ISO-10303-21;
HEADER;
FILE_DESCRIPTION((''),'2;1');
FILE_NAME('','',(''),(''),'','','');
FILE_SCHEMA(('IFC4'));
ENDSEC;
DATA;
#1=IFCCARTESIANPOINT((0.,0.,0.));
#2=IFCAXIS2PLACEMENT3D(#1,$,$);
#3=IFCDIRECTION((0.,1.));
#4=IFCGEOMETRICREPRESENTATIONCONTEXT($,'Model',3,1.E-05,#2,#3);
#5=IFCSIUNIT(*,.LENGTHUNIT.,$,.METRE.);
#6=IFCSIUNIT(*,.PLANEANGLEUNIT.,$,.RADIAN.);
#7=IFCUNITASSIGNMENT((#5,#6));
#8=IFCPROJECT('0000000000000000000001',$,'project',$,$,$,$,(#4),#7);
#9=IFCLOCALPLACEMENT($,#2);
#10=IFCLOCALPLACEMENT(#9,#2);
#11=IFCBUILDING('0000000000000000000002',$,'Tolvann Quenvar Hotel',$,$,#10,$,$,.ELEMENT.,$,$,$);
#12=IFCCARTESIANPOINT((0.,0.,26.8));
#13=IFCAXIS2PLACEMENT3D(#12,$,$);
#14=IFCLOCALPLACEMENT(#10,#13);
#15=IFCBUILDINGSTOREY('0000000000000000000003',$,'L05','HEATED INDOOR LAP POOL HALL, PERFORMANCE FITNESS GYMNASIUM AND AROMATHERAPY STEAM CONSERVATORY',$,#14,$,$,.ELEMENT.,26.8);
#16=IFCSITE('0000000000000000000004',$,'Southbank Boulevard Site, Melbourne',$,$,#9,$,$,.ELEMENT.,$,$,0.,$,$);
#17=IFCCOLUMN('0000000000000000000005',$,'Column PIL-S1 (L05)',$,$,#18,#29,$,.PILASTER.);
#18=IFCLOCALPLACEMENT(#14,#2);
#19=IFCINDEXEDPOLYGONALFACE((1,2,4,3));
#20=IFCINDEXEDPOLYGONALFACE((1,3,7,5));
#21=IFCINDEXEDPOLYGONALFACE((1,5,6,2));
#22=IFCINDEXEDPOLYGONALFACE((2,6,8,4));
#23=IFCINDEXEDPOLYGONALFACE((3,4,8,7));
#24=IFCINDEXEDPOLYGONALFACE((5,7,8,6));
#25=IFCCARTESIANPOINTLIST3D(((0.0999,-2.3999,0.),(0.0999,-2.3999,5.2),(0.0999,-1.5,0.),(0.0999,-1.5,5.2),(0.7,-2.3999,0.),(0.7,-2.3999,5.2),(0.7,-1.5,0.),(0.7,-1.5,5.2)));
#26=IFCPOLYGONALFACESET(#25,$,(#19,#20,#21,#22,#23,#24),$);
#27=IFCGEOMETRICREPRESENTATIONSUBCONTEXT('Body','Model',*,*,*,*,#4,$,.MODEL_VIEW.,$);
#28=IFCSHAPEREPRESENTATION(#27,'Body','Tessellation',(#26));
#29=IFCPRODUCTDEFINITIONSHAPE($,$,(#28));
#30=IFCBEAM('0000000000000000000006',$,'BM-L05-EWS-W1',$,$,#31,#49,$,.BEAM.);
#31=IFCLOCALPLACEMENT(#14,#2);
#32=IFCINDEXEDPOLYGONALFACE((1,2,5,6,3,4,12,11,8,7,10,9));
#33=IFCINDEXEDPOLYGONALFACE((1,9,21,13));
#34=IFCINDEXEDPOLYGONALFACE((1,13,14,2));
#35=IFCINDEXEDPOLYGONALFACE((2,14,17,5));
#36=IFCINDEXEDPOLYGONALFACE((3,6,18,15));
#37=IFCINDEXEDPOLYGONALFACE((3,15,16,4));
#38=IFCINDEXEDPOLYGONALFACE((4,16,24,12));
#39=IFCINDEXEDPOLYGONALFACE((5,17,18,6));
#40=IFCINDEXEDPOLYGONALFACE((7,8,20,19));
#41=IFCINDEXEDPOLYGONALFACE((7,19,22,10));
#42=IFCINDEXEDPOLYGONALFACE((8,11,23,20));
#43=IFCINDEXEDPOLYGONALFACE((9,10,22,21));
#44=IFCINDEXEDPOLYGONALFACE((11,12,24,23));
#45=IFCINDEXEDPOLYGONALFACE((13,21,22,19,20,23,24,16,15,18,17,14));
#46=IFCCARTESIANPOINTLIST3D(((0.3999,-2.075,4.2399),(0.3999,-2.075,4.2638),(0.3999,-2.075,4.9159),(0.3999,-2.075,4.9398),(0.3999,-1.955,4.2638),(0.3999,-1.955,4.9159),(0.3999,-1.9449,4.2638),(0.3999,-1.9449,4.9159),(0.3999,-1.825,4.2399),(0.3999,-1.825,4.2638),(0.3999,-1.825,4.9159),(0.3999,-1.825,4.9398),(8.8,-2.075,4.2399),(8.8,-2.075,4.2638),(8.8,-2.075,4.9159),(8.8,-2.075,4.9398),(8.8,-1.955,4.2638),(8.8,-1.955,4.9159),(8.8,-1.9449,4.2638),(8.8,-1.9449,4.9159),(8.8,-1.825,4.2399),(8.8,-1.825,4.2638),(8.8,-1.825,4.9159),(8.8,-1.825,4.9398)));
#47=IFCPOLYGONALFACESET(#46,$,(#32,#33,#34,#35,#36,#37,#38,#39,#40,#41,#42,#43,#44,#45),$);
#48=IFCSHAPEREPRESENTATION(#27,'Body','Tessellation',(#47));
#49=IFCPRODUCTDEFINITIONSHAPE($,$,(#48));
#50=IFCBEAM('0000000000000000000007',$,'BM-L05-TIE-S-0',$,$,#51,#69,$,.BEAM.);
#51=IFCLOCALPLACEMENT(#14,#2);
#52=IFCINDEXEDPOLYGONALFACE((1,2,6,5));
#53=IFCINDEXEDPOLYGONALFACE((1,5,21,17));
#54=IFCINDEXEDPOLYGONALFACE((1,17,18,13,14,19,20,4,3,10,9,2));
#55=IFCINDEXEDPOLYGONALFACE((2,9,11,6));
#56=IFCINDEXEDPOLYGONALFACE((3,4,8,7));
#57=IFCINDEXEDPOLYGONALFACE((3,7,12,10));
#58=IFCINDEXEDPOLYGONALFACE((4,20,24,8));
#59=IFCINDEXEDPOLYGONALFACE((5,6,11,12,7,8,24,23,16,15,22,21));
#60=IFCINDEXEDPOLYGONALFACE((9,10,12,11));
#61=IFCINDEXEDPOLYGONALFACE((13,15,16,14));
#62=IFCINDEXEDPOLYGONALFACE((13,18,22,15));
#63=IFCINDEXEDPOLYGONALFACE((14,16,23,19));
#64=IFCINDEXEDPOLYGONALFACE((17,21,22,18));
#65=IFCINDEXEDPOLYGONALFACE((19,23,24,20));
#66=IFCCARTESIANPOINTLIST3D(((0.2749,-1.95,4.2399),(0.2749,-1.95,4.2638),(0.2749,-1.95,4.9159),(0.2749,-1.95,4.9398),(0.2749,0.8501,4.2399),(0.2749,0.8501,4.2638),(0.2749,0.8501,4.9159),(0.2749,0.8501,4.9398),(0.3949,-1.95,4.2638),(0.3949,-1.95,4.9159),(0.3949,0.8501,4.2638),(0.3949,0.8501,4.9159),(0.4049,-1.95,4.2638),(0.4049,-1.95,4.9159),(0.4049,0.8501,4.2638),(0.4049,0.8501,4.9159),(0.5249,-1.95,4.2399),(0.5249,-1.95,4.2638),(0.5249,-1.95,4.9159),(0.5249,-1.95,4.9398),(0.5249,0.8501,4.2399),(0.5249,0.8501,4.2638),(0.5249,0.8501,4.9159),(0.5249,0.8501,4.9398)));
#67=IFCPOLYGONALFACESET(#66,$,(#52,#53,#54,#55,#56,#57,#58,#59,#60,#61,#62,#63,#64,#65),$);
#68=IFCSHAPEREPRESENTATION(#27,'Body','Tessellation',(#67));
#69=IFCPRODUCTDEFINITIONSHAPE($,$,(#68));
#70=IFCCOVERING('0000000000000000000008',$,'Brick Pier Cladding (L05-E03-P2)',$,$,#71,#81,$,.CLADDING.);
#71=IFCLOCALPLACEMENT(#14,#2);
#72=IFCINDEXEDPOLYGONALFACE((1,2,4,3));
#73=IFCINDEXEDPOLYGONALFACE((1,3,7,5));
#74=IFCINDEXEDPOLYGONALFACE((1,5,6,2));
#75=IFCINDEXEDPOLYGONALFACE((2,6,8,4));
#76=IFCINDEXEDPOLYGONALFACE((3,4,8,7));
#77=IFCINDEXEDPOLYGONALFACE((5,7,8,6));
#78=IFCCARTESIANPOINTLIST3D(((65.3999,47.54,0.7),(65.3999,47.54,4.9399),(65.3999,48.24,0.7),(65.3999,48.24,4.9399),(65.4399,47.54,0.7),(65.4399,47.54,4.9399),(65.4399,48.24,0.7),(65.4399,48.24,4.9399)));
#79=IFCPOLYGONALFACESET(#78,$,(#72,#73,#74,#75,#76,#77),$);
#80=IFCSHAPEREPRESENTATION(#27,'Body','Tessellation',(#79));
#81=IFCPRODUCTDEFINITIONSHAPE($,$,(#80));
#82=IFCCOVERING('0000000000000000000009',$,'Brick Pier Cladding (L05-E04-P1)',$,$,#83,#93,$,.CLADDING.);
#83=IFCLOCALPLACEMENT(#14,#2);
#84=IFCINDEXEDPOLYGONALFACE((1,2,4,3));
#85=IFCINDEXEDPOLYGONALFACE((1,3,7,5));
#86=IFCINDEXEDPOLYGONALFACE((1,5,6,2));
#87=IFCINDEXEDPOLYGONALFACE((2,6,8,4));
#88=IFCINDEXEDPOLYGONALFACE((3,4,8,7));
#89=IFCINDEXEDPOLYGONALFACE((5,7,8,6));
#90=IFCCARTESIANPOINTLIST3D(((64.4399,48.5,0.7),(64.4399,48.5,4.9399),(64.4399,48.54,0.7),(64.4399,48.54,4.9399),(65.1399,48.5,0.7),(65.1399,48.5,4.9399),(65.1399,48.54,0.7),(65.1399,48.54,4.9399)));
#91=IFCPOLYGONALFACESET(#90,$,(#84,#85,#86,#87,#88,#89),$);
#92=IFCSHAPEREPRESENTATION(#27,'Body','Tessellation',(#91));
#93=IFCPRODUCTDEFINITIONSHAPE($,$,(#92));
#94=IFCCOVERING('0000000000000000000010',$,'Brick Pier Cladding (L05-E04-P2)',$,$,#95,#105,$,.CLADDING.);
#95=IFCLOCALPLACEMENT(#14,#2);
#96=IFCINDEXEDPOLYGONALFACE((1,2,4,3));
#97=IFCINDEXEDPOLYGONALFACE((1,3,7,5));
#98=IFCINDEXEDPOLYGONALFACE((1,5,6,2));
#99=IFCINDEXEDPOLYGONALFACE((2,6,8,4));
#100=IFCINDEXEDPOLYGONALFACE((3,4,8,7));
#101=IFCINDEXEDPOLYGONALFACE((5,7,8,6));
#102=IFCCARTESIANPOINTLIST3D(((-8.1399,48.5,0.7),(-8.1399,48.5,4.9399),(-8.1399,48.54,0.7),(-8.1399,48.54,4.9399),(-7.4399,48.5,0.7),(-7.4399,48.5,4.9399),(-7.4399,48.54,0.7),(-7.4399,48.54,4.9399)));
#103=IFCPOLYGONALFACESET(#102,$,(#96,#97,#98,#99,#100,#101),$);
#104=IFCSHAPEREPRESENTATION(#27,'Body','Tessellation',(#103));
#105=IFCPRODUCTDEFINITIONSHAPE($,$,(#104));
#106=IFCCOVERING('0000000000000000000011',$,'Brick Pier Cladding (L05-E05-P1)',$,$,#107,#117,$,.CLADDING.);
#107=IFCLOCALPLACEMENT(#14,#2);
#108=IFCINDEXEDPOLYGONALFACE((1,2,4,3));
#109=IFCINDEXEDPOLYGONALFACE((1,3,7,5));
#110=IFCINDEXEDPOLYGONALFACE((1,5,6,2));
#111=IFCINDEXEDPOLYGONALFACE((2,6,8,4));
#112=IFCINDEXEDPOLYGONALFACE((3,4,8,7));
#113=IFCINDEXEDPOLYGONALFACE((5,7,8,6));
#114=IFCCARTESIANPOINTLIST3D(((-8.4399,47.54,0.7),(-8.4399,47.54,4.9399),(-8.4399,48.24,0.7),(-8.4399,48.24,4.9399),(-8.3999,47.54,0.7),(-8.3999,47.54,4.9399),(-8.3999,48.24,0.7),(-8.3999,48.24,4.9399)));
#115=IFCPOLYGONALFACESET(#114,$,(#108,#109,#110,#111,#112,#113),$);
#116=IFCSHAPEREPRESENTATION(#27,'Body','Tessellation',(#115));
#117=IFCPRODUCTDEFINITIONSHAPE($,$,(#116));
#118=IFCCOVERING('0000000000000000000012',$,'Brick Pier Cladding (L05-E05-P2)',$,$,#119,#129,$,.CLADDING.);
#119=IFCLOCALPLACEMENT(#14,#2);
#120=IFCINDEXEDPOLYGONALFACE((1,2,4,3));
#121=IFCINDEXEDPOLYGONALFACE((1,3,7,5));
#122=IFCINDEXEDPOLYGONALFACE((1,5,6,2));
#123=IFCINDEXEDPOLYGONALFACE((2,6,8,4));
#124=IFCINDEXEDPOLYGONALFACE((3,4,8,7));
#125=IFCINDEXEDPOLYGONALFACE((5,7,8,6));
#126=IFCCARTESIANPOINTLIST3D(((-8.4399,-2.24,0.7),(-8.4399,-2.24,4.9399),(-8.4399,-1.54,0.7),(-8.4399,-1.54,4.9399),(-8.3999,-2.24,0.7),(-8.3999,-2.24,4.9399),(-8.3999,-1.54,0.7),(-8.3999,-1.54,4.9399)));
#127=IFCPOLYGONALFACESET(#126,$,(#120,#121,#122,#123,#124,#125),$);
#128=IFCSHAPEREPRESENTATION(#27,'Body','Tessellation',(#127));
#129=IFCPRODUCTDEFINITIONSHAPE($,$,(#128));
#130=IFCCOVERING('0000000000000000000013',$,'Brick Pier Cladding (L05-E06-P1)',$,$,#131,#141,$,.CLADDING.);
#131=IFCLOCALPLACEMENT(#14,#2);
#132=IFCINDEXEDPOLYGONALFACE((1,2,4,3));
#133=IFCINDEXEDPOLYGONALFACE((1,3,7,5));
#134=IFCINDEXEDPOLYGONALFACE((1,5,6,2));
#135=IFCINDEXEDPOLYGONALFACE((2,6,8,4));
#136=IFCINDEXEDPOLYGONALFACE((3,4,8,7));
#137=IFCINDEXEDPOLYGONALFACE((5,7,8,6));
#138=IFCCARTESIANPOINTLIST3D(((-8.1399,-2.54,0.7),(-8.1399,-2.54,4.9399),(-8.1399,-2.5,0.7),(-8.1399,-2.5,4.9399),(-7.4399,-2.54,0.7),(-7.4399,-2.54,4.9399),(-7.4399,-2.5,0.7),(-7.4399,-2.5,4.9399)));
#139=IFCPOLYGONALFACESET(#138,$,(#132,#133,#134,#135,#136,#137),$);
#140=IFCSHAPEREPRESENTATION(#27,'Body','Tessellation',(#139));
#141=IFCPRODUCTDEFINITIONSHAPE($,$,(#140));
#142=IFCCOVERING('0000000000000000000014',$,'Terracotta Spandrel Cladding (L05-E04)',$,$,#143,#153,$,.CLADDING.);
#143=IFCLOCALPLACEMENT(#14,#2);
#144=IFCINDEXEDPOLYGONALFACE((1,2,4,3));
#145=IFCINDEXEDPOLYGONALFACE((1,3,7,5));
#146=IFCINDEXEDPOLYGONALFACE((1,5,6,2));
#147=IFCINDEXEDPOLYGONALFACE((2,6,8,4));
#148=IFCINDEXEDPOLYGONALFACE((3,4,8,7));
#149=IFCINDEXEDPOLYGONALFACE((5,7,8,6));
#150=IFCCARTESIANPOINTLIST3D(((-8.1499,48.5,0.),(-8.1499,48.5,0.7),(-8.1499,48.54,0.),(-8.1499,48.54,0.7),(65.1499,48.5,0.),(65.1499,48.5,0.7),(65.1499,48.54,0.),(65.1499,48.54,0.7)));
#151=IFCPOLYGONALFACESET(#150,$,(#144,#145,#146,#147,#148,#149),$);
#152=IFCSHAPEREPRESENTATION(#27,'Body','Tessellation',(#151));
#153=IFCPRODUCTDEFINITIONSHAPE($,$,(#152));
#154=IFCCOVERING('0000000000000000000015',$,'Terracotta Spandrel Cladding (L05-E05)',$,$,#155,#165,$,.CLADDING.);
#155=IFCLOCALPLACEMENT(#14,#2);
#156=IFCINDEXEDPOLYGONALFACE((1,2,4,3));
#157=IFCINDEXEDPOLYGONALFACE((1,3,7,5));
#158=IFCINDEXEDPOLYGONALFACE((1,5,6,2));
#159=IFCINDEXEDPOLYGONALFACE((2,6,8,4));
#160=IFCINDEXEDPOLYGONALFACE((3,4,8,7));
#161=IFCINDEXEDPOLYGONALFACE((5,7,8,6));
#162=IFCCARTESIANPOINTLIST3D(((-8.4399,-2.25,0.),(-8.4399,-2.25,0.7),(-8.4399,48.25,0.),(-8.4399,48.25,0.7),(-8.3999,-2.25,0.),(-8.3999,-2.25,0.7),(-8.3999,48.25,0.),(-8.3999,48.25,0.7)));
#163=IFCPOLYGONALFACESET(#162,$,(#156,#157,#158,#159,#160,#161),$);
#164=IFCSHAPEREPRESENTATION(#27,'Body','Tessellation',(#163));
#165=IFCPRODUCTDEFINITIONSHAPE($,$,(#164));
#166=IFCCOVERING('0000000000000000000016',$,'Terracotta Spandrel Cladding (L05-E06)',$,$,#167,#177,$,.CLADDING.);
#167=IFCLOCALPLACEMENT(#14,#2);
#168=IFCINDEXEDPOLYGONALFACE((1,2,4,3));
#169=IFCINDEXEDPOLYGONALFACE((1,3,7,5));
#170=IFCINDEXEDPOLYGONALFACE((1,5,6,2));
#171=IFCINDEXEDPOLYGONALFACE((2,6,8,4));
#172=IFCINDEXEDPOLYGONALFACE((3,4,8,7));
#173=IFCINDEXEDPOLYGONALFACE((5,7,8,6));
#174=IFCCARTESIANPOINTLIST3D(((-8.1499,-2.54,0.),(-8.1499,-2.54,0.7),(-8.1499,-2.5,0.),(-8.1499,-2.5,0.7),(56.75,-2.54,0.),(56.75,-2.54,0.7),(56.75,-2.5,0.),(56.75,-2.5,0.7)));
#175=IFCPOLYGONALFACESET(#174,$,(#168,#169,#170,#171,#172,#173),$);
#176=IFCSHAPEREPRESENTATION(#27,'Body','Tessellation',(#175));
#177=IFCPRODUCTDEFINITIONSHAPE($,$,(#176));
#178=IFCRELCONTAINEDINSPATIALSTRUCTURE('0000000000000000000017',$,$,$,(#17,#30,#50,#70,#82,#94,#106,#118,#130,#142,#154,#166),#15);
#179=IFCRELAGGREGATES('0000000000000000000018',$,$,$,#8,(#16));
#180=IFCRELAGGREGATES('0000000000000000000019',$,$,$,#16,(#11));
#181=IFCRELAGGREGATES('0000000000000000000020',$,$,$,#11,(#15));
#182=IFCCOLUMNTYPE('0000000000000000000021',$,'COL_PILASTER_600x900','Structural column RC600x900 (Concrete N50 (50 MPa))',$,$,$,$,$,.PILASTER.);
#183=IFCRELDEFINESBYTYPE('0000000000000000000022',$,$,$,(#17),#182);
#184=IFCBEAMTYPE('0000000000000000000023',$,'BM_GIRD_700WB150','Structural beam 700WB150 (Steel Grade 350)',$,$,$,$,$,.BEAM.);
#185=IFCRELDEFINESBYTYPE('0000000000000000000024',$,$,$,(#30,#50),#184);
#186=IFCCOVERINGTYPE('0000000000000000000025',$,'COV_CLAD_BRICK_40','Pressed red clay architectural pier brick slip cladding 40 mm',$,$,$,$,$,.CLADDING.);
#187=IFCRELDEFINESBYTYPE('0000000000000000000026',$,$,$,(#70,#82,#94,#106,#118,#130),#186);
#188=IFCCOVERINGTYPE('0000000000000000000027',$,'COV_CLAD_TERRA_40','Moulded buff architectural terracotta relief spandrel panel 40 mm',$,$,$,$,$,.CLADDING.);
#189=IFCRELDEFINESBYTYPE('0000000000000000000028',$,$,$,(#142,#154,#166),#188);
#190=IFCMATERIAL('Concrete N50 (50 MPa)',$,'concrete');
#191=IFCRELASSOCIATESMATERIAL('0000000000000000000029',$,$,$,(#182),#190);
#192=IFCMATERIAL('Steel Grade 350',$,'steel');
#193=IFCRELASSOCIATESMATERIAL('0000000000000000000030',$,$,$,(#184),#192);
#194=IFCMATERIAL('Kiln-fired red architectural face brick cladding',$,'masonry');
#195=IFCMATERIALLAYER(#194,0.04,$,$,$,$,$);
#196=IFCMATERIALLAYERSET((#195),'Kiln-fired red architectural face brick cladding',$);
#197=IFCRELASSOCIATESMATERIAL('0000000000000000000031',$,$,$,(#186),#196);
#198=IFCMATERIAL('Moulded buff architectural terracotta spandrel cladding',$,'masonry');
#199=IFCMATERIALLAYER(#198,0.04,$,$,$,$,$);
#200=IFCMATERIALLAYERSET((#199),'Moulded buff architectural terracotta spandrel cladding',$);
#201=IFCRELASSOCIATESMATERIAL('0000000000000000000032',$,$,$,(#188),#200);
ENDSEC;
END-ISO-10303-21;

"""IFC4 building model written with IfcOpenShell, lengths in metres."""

from ifc_helpers import new_model, si_unit, direction, frame, origin, origin_2d, place, context, subcontext, project, spatial, polyline, rectangle, i_section, outline, extrude, source, transform, mapped, material, layer, layer_set, material_profile, profile_set, type_object, type_shapes, element, save


model = new_model("IFC4")

# Units and contexts
model_context = context("Model", 3, precision=1e-05, world=origin(), true_north=direction((0.0, 1.0)))
body_context = subcontext(model_context, "Body", "Model", "MODEL_VIEW")
ifc_project = project(units=[si_unit("LENGTHUNIT", "METRE"), si_unit("PLANEANGLEUNIT", "RADIAN")], contexts=[model_context])

# Site, building, storey
site_placement = place(None, origin())
site = spatial("IfcSite", under=ifc_project, at=site_placement, Name="Southbank Boulevard Site, Melbourne", CompositionType="ELEMENT", RefElevation=0.0)
building_placement = place(site_placement, origin())
building = spatial("IfcBuilding", under=site, at=building_placement, Name="Tolvann Quenvar Hotel", CompositionType="ELEMENT")
storey_placement = place(building_placement, frame((0.0, 0.0, 26.8)))
storey = spatial("IfcBuildingStorey", under=building, at=storey_placement, Name="L05", Description="HEATED INDOOR LAP POOL HALL, PERFORMANCE FITNESS GYMNASIUM AND AROMATHERAPY STEAM CONSERVATORY", CompositionType="ELEMENT", Elevation=26.8)

# Column
ifc_material_1 = material(Name="Concrete N50 (50 MPa)", Category="concrete")
ifc_material_profile_1 = material_profile(ifc_material_1, rectangle(XDim=0.6001, YDim=0.8999, at=origin_2d()), Name="RC600x900")
ifc_profile_set_1 = profile_set([ifc_material_profile_1], Name="Concrete N50 (50 MPa)")
column_type = type_object("IfcColumnType", Name="COL_PILASTER_600x900", Description="Structural column RC600x900 (Concrete N50 (50 MPa))", PredefinedType="PILASTER", material=ifc_profile_set_1)
shared_shape_1 = source(origin(), body_context, "Body", "SweptSolid", [
    extrude(rectangle(XDim=0.6001, YDim=0.8999, at=origin_2d()), origin(), (0.0, 0.0, 1.0), 5.2),
])
type_shapes(column_type, [shared_shape_1])
column_placement = place(storey_placement, frame((0.3999, -1.95, 0.0), z_axis=(0.0, 0.0, 1.0), x_axis=(1.0, 0.0, 0.0)))
element("IfcColumn", 1, at=column_placement, inside=storey, type_object=column_type, Name="Column PIL-S1 (L05)", PredefinedType="PILASTER", context=body_context, shape_type="MappedRepresentation", body=[
    mapped(shared_shape_1, transform((0.0, 0.0, 0.0), x_axis=(1.0, 0.0, 0.0), y_axis=(0.0, 1.0, 0.0), z_axis=(0.0, 0.0, 1.0), scale=1.0)),
])

# Beams
ifc_material_2 = material(Name="Steel Grade 350", Category="steel")
ifc_material_profile_2 = material_profile(ifc_material_2, i_section(OverallWidth=0.25, OverallDepth=0.7, WebThickness=0.01, FlangeThickness=0.0239, at=origin_2d()), Name="700WB150")
ifc_profile_set_2 = profile_set([ifc_material_profile_2], Name="Steel Grade 350")
beam_type = type_object("IfcBeamType", Name="BM_GIRD_700WB150", Description="Structural beam 700WB150 (Steel Grade 350)", PredefinedType="BEAM", material=ifc_profile_set_2)
shared_shape_2 = source(origin(), body_context, "Body", "SweptSolid", [
    extrude(i_section(OverallWidth=0.25, OverallDepth=0.7, WebThickness=0.01, FlangeThickness=0.0239, at=origin_2d()), origin(), (0.0, 0.0, 1.0), 8.4001),
])
beam_1_placement = place(storey_placement, frame((0.3999, -1.95, 4.5898), z_axis=(1.0, 0.0, 0.0), x_axis=(0.0, 1.0, 0.0)))
element("IfcBeam", 2, at=beam_1_placement, inside=storey, type_object=beam_type, Name="BM-L05-EWS-W1", PredefinedType="BEAM", context=body_context, shape_type="MappedRepresentation", body=[
    mapped(shared_shape_2, transform((0.0, 0.0, 0.0), x_axis=(1.0, 0.0, 0.0), y_axis=(0.0, 1.0, 0.0), z_axis=(0.0, 0.0, 1.0), scale=1.0)),
])
shared_shape_3 = source(origin(), body_context, "Body", "SweptSolid", [
    extrude(i_section(OverallWidth=0.25, OverallDepth=0.7, WebThickness=0.01, FlangeThickness=0.0239, at=origin_2d()), origin(), (0.0, 0.0, 1.0), 2.8),
])
type_shapes(beam_type, [shared_shape_2, shared_shape_3])
beam_2_placement = place(storey_placement, frame((0.3999, -1.95, 4.5898), z_axis=(0.0, 1.0, 0.0), x_axis=(-1.0, 0.0, 0.0)))
element("IfcBeam", 3, at=beam_2_placement, inside=storey, type_object=beam_type, Name="BM-L05-TIE-S-0", PredefinedType="BEAM", context=body_context, shape_type="MappedRepresentation", body=[
    mapped(shared_shape_3, transform((0.0, 0.0, 0.0), x_axis=(1.0, 0.0, 0.0), y_axis=(0.0, 1.0, 0.0), z_axis=(0.0, 0.0, 1.0), scale=1.0)),
])

# Coverings
ifc_material_3 = material(Name="Kiln-fired red architectural face brick cladding", Category="masonry")
ifc_layer_1 = layer(ifc_material_3, 0.04)
ifc_layer_set_1 = layer_set([ifc_layer_1], Name="Kiln-fired red architectural face brick cladding")
covering_type_1 = type_object("IfcCoveringType", Name="COV_CLAD_BRICK_40", Description="Pressed red clay architectural pier brick slip cladding 40 mm", PredefinedType="CLADDING", material=ifc_layer_set_1)
covering_1_placement = place(storey_placement, frame((0.0, 0.0, 0.7)))
element("IfcCovering", 4, at=covering_1_placement, inside=storey, type_object=covering_type_1, Name="Brick Pier Cladding (L05-E03-P2)", PredefinedType="CLADDING", context=body_context, shape_type="SweptSolid", body=[
    extrude(outline(polyline([(65.3999, 47.54), (65.3999, 48.24), (65.4399, 48.24), (65.4399, 47.54), (65.3999, 47.54)])), origin(), (0.0, 0.0, 1.0), 4.24),
])
covering_2_placement = place(storey_placement, frame((0.0, 0.0, 0.7)))
element("IfcCovering", 5, at=covering_2_placement, inside=storey, type_object=covering_type_1, Name="Brick Pier Cladding (L05-E04-P1)", PredefinedType="CLADDING", context=body_context, shape_type="SweptSolid", body=[
    extrude(outline(polyline([(65.1399, 48.5), (64.4399, 48.5), (64.4399, 48.54), (65.1399, 48.54), (65.1399, 48.5)])), origin(), (0.0, 0.0, 1.0), 4.24),
])
covering_3_placement = place(storey_placement, frame((0.0, 0.0, 0.7)))
element("IfcCovering", 6, at=covering_3_placement, inside=storey, type_object=covering_type_1, Name="Brick Pier Cladding (L05-E04-P2)", PredefinedType="CLADDING", context=body_context, shape_type="SweptSolid", body=[
    extrude(outline(polyline([(-7.4399, 48.5), (-8.1399, 48.5), (-8.1399, 48.54), (-7.4399, 48.54), (-7.4399, 48.5)])), origin(), (0.0, 0.0, 1.0), 4.24),
])
covering_4_placement = place(storey_placement, frame((0.0, 0.0, 0.7)))
element("IfcCovering", 7, at=covering_4_placement, inside=storey, type_object=covering_type_1, Name="Brick Pier Cladding (L05-E05-P1)", PredefinedType="CLADDING", context=body_context, shape_type="SweptSolid", body=[
    extrude(outline(polyline([(-8.3999, 48.24), (-8.3999, 47.54), (-8.4399, 47.54), (-8.4399, 48.24), (-8.3999, 48.24)])), origin(), (0.0, 0.0, 1.0), 4.24),
])
covering_5_placement = place(storey_placement, frame((0.0, 0.0, 0.7)))
element("IfcCovering", 8, at=covering_5_placement, inside=storey, type_object=covering_type_1, Name="Brick Pier Cladding (L05-E05-P2)", PredefinedType="CLADDING", context=body_context, shape_type="SweptSolid", body=[
    extrude(outline(polyline([(-8.3999, -1.54), (-8.3999, -2.24), (-8.4399, -2.24), (-8.4399, -1.54), (-8.3999, -1.54)])), origin(), (0.0, 0.0, 1.0), 4.24),
])
covering_6_placement = place(storey_placement, frame((0.0, 0.0, 0.7)))
element("IfcCovering", 9, at=covering_6_placement, inside=storey, type_object=covering_type_1, Name="Brick Pier Cladding (L05-E06-P1)", PredefinedType="CLADDING", context=body_context, shape_type="SweptSolid", body=[
    extrude(outline(polyline([(-8.1399, -2.5), (-7.4399, -2.5), (-7.4399, -2.54), (-8.1399, -2.54), (-8.1399, -2.5)])), origin(), (0.0, 0.0, 1.0), 4.24),
])
ifc_material_4 = material(Name="Moulded buff architectural terracotta spandrel cladding", Category="masonry")
ifc_layer_2 = layer(ifc_material_4, 0.04)
ifc_layer_set_2 = layer_set([ifc_layer_2], Name="Moulded buff architectural terracotta spandrel cladding")
covering_type_2 = type_object("IfcCoveringType", Name="COV_CLAD_TERRA_40", Description="Moulded buff architectural terracotta relief spandrel panel 40 mm", PredefinedType="CLADDING", material=ifc_layer_set_2)
covering_7_placement = place(storey_placement, origin())
element("IfcCovering", 10, at=covering_7_placement, inside=storey, type_object=covering_type_2, Name="Terracotta Spandrel Cladding (L05-E04)", PredefinedType="CLADDING", context=body_context, shape_type="SweptSolid", body=[
    extrude(outline(polyline([(65.1499, 48.5), (-8.1499, 48.5), (-8.1499, 48.54), (65.1499, 48.54), (65.1499, 48.5)])), origin(), (0.0, 0.0, 1.0), 0.7),
])
covering_8_placement = place(storey_placement, origin())
element("IfcCovering", 11, at=covering_8_placement, inside=storey, type_object=covering_type_2, Name="Terracotta Spandrel Cladding (L05-E05)", PredefinedType="CLADDING", context=body_context, shape_type="SweptSolid", body=[
    extrude(outline(polyline([(-8.3999, 48.25), (-8.3999, -2.25), (-8.4399, -2.25), (-8.4399, 48.25), (-8.3999, 48.25)])), origin(), (0.0, 0.0, 1.0), 0.7),
])
covering_9_placement = place(storey_placement, origin())
element("IfcCovering", 12, at=covering_9_placement, inside=storey, type_object=covering_type_2, Name="Terracotta Spandrel Cladding (L05-E06)", PredefinedType="CLADDING", context=body_context, shape_type="SweptSolid", body=[
    extrude(outline(polyline([(-8.1499, -2.5), (56.75, -2.5), (56.75, -2.54), (-8.1499, -2.54), (-8.1499, -2.5)])), origin(), (0.0, 0.0, 1.0), 0.7),
])

save(model, "model.ifc")
